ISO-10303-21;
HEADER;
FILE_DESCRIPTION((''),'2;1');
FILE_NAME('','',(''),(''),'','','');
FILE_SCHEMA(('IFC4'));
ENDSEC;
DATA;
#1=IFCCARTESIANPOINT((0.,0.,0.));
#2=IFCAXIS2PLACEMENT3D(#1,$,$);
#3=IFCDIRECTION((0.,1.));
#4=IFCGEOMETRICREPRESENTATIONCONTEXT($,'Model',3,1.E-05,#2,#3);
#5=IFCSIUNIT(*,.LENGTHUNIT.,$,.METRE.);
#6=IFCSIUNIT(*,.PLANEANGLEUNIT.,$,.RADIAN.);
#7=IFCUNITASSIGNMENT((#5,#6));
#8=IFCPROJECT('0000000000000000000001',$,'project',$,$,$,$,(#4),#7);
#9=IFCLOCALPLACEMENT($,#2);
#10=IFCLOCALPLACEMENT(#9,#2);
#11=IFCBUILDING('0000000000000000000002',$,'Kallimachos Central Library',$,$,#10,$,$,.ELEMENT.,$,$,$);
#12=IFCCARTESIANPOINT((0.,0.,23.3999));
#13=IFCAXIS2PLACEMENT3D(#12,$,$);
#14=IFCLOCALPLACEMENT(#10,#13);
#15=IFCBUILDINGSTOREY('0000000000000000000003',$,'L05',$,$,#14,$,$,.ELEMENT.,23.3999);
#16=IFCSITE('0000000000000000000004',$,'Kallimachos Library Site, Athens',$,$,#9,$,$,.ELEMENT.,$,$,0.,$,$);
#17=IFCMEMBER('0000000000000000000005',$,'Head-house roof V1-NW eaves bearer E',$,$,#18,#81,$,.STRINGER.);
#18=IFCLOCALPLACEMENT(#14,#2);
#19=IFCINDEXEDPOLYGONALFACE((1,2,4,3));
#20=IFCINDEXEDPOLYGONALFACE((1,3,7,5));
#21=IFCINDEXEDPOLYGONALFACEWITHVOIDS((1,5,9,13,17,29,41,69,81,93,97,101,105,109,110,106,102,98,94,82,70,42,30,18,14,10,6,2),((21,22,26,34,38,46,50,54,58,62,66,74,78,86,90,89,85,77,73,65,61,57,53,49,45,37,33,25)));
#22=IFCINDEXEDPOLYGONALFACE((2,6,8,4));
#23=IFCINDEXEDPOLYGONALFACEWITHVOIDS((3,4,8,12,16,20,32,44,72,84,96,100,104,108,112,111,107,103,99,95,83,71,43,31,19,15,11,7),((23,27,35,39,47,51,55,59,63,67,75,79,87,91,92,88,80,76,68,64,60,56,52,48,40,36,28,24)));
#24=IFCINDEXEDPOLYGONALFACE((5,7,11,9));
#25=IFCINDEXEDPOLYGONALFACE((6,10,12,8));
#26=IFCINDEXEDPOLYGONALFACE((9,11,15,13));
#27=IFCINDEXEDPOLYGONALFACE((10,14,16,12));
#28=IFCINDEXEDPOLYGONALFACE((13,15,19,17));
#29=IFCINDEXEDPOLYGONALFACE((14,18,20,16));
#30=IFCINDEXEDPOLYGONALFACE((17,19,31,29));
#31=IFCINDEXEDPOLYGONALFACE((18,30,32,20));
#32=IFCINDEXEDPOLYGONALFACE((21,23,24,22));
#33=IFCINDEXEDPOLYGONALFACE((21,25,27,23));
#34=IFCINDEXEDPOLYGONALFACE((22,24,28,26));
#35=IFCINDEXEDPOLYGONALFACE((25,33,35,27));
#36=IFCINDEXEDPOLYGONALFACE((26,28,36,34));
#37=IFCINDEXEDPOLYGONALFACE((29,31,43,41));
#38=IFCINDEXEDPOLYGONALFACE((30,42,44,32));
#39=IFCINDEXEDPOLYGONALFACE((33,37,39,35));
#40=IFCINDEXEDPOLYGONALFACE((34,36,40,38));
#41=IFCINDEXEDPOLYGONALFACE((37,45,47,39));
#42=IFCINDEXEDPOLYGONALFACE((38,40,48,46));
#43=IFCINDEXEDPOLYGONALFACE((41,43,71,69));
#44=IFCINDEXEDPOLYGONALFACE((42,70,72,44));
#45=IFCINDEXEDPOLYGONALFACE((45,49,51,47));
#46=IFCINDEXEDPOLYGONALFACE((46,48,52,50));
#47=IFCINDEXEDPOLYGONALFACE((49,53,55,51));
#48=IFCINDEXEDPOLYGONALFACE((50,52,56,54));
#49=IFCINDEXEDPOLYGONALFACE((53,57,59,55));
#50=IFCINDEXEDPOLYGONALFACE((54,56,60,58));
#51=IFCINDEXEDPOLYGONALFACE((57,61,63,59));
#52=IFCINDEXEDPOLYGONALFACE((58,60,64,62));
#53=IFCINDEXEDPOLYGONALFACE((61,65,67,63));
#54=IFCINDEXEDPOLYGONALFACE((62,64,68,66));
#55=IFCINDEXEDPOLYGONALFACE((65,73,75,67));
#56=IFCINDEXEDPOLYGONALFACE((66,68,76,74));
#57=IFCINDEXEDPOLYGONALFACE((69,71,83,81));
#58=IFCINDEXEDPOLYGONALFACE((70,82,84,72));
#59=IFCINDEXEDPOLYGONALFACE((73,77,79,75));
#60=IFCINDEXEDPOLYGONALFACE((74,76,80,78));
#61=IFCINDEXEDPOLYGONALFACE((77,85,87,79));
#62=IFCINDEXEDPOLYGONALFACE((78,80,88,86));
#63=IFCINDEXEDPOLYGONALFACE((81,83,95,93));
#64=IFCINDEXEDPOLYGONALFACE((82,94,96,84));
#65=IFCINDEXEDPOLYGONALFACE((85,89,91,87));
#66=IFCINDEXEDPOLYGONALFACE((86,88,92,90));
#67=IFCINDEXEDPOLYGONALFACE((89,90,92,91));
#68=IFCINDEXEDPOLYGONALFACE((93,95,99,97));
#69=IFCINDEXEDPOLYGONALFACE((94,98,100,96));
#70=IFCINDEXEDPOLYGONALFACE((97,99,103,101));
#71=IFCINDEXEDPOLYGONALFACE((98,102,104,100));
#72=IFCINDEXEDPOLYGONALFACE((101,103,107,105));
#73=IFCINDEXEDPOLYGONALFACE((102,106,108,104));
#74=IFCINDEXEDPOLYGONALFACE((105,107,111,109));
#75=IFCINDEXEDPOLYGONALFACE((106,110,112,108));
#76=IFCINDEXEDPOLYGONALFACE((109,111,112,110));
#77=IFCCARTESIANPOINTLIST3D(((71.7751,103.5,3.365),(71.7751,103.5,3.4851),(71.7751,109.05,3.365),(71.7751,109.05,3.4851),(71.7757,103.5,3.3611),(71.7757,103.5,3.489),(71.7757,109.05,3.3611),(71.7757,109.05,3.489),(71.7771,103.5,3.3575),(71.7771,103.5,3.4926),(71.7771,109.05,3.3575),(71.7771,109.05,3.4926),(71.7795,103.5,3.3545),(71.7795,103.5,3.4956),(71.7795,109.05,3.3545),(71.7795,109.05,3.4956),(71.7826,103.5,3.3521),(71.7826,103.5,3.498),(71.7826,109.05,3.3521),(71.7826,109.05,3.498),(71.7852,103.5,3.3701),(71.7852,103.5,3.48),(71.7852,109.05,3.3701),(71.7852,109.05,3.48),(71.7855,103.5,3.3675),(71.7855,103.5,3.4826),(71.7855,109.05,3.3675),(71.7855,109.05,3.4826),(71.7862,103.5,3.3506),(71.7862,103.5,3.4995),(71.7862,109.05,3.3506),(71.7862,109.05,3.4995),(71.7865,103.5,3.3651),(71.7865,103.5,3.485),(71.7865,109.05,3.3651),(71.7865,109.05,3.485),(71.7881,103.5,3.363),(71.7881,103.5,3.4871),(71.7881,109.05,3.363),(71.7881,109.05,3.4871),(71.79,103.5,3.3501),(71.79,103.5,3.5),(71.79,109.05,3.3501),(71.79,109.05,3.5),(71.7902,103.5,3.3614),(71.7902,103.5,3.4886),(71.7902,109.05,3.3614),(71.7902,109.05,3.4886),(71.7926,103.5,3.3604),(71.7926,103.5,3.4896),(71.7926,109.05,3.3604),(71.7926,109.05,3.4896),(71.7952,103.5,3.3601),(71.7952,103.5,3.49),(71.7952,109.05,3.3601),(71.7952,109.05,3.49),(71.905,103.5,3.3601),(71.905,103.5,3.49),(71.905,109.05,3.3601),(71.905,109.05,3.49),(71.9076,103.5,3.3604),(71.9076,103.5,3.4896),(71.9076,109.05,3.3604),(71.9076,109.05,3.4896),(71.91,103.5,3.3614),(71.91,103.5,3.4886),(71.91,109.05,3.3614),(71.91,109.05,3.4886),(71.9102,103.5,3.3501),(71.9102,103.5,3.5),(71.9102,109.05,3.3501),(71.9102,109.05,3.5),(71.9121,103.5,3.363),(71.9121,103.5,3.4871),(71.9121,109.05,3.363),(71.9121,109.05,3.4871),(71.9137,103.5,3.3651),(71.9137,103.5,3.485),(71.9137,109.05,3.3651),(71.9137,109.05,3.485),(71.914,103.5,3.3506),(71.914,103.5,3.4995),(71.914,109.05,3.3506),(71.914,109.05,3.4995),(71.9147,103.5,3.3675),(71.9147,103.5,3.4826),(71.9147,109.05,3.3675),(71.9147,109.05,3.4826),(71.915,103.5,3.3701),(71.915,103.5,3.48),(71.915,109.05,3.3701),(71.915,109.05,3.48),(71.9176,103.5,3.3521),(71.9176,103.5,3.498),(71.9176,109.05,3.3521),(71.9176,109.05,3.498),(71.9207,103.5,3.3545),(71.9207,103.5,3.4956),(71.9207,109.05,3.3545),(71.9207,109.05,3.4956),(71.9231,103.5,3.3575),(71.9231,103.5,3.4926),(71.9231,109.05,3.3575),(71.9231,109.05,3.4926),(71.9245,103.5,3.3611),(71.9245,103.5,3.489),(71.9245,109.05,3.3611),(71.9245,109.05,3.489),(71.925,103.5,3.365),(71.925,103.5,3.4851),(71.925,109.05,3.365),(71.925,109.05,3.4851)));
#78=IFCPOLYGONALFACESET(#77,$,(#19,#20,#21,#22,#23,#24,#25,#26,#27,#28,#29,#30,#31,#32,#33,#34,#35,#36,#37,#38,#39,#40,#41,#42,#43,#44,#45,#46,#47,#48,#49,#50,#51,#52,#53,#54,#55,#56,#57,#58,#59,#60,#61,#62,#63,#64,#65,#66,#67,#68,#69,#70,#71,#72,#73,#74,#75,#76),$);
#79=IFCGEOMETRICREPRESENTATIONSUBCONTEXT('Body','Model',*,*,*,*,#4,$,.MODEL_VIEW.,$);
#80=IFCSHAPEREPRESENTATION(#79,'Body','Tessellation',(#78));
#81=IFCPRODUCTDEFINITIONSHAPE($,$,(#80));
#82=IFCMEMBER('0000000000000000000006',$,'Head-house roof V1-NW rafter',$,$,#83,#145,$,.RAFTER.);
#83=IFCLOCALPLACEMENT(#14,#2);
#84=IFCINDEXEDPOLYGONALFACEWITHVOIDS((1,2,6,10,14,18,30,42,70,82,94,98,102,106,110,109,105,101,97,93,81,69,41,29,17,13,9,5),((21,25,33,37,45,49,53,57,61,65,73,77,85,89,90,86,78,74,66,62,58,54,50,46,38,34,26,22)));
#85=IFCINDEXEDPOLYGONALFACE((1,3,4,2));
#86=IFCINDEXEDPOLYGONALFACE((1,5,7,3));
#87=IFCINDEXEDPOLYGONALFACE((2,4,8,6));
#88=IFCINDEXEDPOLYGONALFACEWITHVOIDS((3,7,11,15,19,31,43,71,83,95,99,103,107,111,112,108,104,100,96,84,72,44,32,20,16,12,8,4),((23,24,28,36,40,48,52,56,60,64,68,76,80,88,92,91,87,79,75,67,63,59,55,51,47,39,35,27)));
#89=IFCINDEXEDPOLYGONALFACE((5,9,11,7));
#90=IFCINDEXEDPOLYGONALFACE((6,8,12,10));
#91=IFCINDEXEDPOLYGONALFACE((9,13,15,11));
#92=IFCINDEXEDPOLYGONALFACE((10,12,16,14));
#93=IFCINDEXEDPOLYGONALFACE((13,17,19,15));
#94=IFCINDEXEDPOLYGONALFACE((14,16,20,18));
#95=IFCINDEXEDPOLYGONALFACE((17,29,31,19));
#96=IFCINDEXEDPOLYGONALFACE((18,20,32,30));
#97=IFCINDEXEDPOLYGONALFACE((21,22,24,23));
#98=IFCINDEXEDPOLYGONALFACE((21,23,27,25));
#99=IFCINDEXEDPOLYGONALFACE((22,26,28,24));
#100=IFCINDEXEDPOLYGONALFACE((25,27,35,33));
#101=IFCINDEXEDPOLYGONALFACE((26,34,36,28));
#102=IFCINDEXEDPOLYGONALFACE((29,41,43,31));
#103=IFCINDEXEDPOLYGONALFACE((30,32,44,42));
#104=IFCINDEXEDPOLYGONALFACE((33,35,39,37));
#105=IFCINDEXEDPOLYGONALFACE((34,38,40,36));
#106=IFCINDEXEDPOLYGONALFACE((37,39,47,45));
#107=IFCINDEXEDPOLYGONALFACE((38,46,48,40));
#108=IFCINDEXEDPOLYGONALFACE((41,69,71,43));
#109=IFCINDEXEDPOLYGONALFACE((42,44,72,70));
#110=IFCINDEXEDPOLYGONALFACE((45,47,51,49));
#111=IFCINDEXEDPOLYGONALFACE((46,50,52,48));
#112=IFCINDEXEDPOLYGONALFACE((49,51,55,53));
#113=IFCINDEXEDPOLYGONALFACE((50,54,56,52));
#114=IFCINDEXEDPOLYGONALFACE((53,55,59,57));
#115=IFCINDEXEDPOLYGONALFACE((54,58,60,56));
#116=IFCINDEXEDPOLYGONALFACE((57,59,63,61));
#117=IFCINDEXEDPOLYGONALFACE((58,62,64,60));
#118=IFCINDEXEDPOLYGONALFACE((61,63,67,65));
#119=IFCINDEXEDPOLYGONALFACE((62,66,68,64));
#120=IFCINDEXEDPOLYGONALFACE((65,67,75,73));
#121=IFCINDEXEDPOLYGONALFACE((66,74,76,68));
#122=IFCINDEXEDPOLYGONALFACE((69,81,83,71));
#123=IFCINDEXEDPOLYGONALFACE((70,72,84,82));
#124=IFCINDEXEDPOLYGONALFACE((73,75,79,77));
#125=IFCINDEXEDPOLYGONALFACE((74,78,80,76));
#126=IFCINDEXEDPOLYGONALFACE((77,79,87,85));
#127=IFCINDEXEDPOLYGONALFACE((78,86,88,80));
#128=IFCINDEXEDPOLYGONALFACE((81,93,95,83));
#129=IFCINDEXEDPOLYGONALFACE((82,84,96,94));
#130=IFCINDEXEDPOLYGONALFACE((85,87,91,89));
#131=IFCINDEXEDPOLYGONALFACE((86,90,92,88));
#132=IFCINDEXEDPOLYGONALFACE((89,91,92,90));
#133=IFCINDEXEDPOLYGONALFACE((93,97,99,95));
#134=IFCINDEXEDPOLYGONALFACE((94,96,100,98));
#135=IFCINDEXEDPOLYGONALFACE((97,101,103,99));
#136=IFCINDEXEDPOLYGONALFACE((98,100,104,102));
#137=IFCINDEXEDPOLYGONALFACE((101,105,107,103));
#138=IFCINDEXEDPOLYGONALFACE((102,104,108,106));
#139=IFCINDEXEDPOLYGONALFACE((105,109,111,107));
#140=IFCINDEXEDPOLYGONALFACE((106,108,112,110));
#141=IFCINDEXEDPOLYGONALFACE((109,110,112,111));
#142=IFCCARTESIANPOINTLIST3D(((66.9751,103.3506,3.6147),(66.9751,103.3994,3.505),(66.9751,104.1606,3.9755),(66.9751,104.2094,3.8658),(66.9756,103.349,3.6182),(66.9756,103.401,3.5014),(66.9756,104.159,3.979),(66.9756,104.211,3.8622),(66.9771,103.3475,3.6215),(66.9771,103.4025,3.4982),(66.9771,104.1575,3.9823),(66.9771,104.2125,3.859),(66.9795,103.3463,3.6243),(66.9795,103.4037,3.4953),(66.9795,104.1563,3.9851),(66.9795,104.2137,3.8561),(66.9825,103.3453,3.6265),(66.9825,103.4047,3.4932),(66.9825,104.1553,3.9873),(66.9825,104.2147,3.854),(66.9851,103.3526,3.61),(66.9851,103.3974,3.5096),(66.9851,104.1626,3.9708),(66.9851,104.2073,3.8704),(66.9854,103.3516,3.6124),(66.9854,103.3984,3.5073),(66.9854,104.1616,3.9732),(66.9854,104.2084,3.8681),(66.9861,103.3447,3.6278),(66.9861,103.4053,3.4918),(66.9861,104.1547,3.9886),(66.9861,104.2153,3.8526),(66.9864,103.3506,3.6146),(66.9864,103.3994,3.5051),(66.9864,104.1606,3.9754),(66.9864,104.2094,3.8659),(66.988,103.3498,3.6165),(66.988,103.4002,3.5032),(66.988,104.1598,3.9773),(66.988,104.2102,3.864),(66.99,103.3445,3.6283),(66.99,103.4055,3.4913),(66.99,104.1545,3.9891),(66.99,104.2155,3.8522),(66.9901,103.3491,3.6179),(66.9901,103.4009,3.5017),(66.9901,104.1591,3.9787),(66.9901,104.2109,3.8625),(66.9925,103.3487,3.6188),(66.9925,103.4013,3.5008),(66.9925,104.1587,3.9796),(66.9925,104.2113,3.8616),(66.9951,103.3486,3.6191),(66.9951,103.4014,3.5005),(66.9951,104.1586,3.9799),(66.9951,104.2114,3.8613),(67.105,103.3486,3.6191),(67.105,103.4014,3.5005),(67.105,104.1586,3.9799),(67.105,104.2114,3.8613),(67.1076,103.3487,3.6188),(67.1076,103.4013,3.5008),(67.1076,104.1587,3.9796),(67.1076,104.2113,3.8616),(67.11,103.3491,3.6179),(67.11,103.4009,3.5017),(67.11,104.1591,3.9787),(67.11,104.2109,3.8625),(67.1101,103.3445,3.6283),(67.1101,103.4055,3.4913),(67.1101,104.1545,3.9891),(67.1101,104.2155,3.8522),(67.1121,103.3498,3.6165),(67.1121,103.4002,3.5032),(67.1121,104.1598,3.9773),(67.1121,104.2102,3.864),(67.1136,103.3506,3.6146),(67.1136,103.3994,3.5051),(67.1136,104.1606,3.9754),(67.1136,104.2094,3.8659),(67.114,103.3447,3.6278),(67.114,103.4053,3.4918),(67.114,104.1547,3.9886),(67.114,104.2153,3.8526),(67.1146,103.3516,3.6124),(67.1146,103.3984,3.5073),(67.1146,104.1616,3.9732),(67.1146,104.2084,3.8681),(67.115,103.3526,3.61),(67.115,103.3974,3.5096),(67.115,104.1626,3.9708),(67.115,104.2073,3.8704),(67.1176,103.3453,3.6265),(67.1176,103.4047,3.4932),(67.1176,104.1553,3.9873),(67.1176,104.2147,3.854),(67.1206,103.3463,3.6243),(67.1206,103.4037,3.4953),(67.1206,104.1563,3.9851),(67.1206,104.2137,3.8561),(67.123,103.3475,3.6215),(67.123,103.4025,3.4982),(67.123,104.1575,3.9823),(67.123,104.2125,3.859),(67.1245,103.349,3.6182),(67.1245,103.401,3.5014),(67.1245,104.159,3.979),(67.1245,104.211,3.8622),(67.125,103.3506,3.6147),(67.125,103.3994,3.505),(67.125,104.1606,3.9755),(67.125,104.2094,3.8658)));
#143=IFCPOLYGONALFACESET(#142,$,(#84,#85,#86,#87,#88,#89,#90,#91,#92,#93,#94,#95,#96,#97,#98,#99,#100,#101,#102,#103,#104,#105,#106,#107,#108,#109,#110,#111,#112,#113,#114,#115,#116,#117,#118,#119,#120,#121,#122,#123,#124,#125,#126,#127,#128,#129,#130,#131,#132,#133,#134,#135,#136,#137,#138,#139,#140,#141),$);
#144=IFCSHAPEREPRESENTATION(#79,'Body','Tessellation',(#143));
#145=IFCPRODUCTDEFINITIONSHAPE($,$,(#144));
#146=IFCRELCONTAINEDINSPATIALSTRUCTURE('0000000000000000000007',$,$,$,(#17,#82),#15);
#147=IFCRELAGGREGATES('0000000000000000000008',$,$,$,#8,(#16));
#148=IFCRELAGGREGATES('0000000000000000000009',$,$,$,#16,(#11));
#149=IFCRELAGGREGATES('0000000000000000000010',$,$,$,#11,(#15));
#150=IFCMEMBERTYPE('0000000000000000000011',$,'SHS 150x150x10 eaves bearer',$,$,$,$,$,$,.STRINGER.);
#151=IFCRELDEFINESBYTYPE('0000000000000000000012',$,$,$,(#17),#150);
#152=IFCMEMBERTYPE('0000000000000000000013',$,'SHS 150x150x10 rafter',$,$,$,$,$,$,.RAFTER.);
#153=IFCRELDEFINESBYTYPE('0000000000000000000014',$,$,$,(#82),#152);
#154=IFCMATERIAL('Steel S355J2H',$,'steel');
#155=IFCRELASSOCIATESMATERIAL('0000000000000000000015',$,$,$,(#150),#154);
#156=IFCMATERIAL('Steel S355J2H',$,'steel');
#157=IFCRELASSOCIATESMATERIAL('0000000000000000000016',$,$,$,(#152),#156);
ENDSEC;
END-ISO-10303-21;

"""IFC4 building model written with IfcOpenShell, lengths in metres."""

from ifc_helpers import new_model, si_unit, direction, frame, origin, origin_2d, place, context, subcontext, project, spatial, hollow_rectangle, extrude, material, material_profile, profile_set, type_object, element, save


model = new_model("IFC4")

# Units and contexts
model_context = context("Model", 3, precision=1e-05, world=origin(), true_north=direction((0.0, 1.0)))
body_context = subcontext(model_context, "Body", "Model", "MODEL_VIEW")
ifc_project = project(units=[si_unit("LENGTHUNIT", "METRE"), si_unit("PLANEANGLEUNIT", "RADIAN")], contexts=[model_context])

# Site, building, storey
site_placement = place(None, origin())
site = spatial("IfcSite", under=ifc_project, at=site_placement, Name="Kallimachos Library Site, Athens", CompositionType="ELEMENT", RefElevation=0.0)
building_placement = place(site_placement, origin())
building = spatial("IfcBuilding", under=site, at=building_placement, Name="Kallimachos Central Library", CompositionType="ELEMENT")
storey_placement = place(building_placement, frame((0.0, 0.0, 23.3999)))
storey = spatial("IfcBuildingStorey", under=building, at=storey_placement, Name="L05", CompositionType="ELEMENT", Elevation=23.3999)

# Members
ifc_material_1 = material(Name="Steel S355J2H", Category="steel")
ifc_material_profile_1 = material_profile(ifc_material_1, hollow_rectangle(XDim=0.1499, YDim=0.1499, WallThickness=0.01, InnerFilletRadius=0.01, OuterFilletRadius=0.0149, at=origin_2d()), Name="SHS 150x150x10")
ifc_profile_set_1 = profile_set([ifc_material_profile_1], Name="Steel S355J2H")
member_type_1 = type_object("IfcMemberType", Name="SHS 150x150x10 eaves bearer", PredefinedType="STRINGER", material=ifc_profile_set_1)
for number, where, z_axis, x_axis, name in (
    (1, (71.8501, 103.5, 3.425), (0.0, 1.0, 0.0), (-1.0, 0.0, 0.0), "Head-house roof V1-NW eaves bearer E"),
):
    element("IfcMember", number, at=place(storey_placement, frame(where, z_axis=z_axis, x_axis=x_axis)), inside=storey, type_object=member_type_1, Name=name, PredefinedType="STRINGER", context=body_context, shape_type="SweptSolid", body=[
        extrude(hollow_rectangle(XDim=0.1499, YDim=0.1499, WallThickness=0.01, InnerFilletRadius=0.01, OuterFilletRadius=0.0149, at=origin_2d()), origin(), (0.0, 0.0, 1.0), 5.55),
    ])
ifc_material_2 = material(Name="Steel S355J2H", Category="steel")
ifc_material_profile_2 = material_profile(ifc_material_2, hollow_rectangle(XDim=0.1499, YDim=0.1499, WallThickness=0.01, InnerFilletRadius=0.01, OuterFilletRadius=0.0149, at=origin_2d()), Name="SHS 150x150x10")
ifc_profile_set_2 = profile_set([ifc_material_profile_2], Name="Steel S355J2H")
member_type_2 = type_object("IfcMemberType", Name="SHS 150x150x10 rafter", PredefinedType="RAFTER", material=ifc_profile_set_2)
member_1_placement = place(storey_placement, frame((67.05, 103.375, 3.5598), z_axis=(0.0, 0.913471, 0.406905), x_axis=(-1.0, 0.0, 0.0)))
element("IfcMember", 2, at=member_1_placement, inside=storey, type_object=member_type_2, Name="Head-house roof V1-NW rafter", PredefinedType="RAFTER", context=body_context, shape_type="SweptSolid", body=[
    extrude(hollow_rectangle(XDim=0.1499, YDim=0.1499, WallThickness=0.01, InnerFilletRadius=0.01, OuterFilletRadius=0.0149, at=origin_2d()), origin(), (0.0, 0.0, 1.0), 0.8867),
])

save(model, "model.ifc")
